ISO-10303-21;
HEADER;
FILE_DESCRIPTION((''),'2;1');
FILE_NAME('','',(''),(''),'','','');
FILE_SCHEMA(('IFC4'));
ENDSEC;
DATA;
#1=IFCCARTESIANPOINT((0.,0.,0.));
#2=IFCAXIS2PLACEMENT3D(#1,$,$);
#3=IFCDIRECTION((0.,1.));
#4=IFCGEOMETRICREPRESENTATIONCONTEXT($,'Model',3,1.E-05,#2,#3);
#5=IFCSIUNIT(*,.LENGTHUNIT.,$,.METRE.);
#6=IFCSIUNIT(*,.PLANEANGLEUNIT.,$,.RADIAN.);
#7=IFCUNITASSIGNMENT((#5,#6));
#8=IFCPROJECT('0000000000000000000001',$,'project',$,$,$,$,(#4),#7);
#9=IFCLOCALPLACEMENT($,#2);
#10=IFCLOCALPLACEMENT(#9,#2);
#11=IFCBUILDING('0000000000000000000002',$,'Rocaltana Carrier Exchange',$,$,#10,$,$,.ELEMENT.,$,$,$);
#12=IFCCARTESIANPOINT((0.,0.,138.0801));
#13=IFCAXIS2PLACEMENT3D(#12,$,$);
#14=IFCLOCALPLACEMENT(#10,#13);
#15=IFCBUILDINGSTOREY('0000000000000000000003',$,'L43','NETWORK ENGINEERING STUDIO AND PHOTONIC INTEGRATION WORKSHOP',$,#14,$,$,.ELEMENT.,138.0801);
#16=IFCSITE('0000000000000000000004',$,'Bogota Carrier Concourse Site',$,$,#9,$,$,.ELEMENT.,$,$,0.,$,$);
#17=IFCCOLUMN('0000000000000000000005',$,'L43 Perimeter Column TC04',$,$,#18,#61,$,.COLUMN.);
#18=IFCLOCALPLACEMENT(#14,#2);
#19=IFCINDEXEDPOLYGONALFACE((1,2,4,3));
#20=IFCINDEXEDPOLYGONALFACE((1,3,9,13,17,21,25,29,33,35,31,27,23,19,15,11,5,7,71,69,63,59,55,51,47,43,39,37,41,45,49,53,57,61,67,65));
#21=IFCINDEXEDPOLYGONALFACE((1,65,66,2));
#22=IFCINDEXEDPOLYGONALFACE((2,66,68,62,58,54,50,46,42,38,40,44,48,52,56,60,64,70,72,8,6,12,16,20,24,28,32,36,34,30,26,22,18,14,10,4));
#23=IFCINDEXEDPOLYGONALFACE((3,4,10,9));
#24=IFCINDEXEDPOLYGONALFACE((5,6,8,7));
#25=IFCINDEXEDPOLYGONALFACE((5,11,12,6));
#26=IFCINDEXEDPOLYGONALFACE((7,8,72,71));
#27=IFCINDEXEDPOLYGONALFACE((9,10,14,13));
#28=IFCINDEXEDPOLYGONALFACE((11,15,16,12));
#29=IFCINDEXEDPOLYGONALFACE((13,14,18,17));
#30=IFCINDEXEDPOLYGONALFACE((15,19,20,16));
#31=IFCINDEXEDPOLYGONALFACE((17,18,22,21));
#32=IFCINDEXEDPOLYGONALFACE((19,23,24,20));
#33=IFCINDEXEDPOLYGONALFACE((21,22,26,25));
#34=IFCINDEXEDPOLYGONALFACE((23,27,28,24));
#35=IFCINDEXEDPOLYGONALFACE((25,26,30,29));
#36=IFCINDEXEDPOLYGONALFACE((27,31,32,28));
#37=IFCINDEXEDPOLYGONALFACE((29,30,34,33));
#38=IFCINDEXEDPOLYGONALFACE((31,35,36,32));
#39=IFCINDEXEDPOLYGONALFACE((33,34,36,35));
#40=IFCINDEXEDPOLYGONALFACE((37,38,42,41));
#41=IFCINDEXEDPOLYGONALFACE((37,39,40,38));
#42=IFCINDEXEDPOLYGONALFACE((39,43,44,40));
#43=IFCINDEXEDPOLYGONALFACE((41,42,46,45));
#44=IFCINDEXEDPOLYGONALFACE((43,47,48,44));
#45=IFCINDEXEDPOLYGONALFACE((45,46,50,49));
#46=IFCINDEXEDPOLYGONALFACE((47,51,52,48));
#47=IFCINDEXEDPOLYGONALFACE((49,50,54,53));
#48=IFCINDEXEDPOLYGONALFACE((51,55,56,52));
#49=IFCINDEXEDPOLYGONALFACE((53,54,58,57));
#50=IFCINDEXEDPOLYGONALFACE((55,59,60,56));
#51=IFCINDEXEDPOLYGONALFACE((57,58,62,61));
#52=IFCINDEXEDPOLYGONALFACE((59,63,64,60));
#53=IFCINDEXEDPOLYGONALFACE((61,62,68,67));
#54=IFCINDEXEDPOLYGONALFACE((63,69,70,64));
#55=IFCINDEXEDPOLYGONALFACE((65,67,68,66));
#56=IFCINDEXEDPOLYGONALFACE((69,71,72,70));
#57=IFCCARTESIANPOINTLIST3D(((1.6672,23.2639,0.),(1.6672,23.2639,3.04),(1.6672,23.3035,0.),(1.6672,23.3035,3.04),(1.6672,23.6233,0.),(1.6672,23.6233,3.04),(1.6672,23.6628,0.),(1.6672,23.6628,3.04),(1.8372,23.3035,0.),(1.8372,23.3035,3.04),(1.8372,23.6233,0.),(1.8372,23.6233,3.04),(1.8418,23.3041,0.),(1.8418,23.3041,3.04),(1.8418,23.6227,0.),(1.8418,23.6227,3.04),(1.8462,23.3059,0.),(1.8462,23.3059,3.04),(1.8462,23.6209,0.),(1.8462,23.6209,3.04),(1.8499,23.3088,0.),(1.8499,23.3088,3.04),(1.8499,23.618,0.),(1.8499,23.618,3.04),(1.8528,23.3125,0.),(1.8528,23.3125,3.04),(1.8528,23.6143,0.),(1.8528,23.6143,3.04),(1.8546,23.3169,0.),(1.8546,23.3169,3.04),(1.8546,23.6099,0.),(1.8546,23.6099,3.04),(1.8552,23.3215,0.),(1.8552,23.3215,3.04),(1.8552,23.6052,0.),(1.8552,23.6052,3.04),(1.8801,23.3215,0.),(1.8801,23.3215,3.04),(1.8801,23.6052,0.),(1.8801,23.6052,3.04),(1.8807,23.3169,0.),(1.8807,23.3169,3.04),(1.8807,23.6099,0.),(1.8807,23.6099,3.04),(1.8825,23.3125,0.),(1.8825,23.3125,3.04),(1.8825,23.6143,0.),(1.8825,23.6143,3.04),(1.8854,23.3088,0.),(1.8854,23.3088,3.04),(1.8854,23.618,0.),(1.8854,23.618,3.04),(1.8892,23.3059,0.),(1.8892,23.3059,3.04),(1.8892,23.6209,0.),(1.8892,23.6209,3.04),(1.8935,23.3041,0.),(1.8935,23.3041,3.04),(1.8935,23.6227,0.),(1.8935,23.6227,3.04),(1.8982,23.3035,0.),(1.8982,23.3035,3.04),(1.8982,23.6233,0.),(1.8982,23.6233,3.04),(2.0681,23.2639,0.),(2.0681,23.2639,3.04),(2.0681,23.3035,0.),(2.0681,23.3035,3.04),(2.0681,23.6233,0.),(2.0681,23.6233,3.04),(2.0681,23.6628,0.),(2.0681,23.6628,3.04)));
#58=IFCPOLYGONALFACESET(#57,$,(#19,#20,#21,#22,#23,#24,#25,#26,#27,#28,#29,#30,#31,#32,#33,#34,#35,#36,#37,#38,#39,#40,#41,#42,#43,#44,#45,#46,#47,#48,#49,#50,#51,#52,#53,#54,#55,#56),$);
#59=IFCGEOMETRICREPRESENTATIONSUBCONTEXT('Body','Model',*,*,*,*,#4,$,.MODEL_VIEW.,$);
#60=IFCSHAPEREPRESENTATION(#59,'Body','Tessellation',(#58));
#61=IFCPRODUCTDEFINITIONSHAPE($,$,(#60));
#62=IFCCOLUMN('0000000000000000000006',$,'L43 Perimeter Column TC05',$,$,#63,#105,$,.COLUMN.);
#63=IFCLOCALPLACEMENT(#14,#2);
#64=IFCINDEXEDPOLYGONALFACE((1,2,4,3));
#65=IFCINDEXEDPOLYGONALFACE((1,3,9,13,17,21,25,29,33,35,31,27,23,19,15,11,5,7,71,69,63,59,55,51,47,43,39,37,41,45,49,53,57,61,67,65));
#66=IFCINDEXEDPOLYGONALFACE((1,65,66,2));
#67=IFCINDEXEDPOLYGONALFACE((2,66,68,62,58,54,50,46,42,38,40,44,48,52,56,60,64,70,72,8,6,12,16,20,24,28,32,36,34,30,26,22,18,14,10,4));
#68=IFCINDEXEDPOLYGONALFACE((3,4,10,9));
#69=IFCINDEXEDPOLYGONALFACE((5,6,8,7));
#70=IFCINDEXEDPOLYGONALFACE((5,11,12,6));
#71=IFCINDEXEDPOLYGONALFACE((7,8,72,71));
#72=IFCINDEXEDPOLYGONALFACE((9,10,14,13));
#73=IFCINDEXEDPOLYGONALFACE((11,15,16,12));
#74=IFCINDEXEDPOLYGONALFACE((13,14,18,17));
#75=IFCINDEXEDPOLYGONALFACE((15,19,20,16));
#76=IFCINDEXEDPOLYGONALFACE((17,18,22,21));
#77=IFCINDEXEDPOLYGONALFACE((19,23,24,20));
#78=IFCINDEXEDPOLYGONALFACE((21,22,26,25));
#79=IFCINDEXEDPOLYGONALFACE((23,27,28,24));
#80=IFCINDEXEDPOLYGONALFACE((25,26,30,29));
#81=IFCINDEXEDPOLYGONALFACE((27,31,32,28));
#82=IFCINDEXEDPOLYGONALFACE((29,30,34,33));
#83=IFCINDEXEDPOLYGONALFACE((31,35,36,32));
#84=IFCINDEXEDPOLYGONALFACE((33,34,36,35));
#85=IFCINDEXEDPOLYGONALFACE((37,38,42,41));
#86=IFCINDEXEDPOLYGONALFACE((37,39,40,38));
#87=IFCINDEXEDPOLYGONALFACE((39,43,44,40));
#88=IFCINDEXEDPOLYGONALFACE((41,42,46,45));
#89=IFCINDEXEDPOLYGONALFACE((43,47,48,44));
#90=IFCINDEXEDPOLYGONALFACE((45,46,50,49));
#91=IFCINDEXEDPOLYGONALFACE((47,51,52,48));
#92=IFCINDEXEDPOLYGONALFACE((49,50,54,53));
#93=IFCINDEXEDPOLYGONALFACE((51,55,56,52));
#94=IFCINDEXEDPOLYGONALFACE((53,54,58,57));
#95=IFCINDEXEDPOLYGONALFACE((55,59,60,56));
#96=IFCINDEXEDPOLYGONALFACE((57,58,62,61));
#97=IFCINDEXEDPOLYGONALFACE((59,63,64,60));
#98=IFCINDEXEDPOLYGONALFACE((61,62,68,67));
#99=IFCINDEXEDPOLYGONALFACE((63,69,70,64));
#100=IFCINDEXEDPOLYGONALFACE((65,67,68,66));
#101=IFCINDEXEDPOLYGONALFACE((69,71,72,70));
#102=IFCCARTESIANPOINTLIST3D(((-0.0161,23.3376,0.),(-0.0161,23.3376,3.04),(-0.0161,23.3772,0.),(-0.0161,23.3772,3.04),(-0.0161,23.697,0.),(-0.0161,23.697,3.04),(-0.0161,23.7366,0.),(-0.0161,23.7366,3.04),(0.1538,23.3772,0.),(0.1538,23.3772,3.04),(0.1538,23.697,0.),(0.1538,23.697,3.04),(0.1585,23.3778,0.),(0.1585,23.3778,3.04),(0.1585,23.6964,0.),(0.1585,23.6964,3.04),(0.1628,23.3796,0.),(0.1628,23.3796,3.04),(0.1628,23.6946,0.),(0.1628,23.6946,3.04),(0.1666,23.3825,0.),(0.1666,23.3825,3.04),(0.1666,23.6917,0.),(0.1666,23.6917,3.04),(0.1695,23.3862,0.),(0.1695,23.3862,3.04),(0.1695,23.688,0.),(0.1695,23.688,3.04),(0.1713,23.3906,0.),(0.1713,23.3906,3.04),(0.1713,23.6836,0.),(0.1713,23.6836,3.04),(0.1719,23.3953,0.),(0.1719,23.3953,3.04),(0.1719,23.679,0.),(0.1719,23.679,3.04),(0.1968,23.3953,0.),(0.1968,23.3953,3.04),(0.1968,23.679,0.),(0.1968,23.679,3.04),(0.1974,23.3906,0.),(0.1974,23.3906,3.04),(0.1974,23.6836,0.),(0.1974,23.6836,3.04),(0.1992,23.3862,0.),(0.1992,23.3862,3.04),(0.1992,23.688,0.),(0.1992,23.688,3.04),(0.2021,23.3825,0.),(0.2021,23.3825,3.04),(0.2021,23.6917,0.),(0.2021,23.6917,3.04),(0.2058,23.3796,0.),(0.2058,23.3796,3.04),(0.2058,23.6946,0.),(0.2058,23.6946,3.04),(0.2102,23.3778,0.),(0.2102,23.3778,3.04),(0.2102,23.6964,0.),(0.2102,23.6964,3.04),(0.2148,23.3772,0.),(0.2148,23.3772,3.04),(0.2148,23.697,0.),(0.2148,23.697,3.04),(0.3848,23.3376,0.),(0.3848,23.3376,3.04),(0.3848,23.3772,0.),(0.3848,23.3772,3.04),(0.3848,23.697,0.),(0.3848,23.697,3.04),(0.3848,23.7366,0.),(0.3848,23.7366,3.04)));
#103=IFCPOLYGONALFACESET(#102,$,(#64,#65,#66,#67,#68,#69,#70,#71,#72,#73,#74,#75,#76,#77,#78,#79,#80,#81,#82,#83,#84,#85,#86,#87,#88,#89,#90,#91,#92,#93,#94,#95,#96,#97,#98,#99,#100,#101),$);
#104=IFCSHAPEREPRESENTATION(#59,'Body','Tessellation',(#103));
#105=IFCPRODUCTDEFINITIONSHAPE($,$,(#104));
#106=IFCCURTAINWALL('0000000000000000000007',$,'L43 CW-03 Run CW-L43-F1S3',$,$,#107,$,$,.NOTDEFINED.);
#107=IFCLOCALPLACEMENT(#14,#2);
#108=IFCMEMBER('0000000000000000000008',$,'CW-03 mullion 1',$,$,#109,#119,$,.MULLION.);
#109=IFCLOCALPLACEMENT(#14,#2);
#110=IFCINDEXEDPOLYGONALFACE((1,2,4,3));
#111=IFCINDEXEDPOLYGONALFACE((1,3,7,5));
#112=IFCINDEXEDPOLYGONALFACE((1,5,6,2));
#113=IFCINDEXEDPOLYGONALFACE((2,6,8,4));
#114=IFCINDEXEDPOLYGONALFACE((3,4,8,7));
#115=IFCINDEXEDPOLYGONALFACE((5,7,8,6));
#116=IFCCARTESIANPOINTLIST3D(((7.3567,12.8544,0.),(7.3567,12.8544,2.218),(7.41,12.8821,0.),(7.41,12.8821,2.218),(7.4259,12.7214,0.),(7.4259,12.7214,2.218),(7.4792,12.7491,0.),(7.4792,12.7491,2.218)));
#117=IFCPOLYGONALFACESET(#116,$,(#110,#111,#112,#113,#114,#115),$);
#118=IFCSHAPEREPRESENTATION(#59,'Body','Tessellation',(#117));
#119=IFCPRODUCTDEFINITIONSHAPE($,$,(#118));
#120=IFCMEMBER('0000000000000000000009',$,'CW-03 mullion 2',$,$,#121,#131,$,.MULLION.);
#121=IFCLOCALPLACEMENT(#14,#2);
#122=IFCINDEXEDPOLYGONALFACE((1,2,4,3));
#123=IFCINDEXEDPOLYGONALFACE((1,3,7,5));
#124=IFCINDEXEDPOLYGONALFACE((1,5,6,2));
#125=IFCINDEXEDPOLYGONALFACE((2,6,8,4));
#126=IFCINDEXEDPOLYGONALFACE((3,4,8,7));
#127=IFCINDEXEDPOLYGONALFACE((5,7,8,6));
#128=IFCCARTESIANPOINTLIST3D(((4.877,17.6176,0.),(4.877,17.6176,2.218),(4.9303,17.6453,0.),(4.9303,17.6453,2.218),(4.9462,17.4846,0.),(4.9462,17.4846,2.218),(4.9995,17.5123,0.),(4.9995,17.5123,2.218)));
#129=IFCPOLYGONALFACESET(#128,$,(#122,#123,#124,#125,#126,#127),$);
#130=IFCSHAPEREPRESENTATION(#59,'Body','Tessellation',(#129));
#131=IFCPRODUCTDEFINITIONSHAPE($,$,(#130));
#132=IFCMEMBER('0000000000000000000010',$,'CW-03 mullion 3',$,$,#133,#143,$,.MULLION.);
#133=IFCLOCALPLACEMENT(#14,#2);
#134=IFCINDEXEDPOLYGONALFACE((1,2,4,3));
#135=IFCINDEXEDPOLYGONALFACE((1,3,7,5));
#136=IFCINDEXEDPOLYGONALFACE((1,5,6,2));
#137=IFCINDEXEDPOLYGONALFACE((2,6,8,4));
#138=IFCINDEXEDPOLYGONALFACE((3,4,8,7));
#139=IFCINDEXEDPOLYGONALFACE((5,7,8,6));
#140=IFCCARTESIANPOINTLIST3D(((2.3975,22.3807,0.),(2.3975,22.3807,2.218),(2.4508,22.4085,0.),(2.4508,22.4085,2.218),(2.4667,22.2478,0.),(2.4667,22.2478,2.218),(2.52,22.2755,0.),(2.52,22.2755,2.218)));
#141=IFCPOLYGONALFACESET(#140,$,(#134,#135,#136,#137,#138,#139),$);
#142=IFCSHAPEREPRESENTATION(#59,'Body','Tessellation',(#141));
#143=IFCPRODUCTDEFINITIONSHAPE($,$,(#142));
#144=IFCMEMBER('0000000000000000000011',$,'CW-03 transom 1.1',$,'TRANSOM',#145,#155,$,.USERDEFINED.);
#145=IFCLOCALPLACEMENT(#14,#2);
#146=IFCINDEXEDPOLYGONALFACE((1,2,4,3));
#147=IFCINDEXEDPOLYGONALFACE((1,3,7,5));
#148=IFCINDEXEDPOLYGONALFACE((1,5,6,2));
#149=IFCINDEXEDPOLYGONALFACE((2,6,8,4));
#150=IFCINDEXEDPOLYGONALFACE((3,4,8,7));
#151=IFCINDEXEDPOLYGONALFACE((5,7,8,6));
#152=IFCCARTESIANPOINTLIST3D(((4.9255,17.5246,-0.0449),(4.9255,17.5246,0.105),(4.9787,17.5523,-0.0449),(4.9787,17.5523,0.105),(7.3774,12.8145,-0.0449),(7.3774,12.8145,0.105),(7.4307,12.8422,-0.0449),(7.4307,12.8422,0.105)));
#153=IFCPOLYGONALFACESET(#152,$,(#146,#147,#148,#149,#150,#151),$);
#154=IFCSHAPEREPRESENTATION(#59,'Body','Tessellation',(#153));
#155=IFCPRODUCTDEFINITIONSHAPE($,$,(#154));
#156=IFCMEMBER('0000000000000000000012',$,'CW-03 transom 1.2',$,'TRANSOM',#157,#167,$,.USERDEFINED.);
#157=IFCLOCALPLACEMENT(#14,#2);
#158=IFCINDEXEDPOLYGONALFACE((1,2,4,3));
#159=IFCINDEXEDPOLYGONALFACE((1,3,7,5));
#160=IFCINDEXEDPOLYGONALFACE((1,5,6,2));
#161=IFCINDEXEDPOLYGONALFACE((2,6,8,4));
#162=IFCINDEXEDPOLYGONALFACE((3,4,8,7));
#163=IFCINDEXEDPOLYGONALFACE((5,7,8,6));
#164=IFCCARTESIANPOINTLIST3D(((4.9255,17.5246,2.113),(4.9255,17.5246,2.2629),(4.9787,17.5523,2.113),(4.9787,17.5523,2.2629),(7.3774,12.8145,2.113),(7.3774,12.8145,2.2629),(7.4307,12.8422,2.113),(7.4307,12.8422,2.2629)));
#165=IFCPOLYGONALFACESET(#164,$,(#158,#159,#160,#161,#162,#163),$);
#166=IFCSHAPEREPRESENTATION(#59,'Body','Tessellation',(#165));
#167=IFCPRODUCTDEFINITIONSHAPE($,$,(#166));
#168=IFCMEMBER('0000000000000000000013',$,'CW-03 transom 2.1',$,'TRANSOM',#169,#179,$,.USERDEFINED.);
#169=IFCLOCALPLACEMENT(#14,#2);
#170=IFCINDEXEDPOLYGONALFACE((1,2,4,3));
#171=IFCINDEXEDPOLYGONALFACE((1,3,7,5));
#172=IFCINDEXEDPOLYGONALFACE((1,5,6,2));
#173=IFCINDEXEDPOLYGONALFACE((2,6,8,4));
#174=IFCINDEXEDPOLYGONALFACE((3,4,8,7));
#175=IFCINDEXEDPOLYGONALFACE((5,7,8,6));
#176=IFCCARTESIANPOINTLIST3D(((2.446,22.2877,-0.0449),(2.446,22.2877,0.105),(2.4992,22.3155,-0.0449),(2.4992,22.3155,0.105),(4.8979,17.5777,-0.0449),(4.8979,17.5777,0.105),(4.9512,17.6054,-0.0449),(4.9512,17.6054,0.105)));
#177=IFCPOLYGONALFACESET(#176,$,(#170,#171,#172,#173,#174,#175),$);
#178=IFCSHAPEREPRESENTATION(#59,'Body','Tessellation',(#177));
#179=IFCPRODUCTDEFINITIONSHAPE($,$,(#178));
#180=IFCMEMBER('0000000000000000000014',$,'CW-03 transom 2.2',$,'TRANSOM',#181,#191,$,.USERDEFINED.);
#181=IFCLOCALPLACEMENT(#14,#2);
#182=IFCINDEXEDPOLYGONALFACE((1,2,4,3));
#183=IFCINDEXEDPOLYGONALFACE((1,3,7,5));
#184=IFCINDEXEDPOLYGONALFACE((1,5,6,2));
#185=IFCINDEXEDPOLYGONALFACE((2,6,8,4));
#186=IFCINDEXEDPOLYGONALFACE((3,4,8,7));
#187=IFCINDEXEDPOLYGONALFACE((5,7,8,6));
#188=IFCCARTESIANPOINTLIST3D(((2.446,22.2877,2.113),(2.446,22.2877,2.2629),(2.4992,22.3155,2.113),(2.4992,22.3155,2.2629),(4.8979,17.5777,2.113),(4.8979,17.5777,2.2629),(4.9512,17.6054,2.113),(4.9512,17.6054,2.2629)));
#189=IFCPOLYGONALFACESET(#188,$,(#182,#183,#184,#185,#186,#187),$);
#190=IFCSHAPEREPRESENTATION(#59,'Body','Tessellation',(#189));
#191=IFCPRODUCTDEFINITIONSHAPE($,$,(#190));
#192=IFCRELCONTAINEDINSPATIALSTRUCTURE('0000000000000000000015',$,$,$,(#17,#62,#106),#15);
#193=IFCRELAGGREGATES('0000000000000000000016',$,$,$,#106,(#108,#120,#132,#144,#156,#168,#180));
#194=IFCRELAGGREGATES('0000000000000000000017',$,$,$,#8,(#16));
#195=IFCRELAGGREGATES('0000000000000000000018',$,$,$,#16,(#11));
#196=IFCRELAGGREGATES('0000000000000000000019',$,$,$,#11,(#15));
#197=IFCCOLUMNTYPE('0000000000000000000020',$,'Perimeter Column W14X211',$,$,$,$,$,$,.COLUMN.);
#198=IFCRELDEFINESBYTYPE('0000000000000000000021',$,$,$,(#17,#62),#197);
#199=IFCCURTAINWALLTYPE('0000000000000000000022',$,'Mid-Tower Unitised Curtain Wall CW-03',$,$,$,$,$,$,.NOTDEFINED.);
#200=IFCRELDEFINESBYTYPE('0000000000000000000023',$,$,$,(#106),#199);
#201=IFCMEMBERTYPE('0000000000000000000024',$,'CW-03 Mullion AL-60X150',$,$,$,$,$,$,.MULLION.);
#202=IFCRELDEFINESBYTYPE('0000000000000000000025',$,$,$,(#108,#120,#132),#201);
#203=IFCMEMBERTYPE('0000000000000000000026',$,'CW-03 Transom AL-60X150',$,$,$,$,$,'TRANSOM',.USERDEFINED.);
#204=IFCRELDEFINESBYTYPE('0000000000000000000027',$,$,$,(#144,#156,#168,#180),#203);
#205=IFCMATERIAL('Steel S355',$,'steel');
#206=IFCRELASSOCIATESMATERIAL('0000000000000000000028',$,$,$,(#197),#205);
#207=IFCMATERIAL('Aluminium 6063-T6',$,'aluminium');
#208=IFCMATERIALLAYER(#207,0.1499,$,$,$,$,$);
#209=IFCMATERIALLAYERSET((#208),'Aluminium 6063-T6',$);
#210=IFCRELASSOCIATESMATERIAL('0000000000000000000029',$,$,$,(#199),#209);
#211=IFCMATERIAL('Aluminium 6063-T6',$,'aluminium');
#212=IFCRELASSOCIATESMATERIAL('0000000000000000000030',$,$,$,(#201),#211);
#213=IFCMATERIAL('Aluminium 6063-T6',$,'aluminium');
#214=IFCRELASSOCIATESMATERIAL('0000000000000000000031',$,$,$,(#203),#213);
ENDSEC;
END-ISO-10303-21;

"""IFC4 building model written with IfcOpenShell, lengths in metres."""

from ifc_helpers import new_model, si_unit, direction, frame, origin, origin_2d, place, context, subcontext, project, spatial, rectangle, i_section, extrude, material, layer, layer_set, material_profile, profile_set, type_object, element, aggregate, save


model = new_model("IFC4")

# Units and contexts
model_context = context("Model", 3, precision=1e-05, world=origin(), true_north=direction((0.0, 1.0)))
body_context = subcontext(model_context, "Body", "Model", "MODEL_VIEW")
ifc_project = project(units=[si_unit("LENGTHUNIT", "METRE"), si_unit("PLANEANGLEUNIT", "RADIAN")], contexts=[model_context])

# Site, building, storey
site_placement = place(None, origin())
site = spatial("IfcSite", under=ifc_project, at=site_placement, Name="Bogota Carrier Concourse Site", CompositionType="ELEMENT", RefElevation=0.0)
building_placement = place(site_placement, origin())
building = spatial("IfcBuilding", under=site, at=building_placement, Name="Rocaltana Carrier Exchange", CompositionType="ELEMENT")
storey_placement = place(building_placement, frame((0.0, 0.0, 138.0801)))
storey = spatial("IfcBuildingStorey", under=building, at=storey_placement, Name="L43", Description="NETWORK ENGINEERING STUDIO AND PHOTONIC INTEGRATION WORKSHOP", CompositionType="ELEMENT", Elevation=138.0801)

# Columns
ifc_material_1 = material(Name="Steel S355", Category="steel")
ifc_material_profile_1 = material_profile(ifc_material_1, i_section(OverallWidth=0.4009, OverallDepth=0.3989, WebThickness=0.0249, FlangeThickness=0.0396, FilletRadius=0.0181, at=origin_2d()), Name="W14X211")
ifc_profile_set_1 = profile_set([ifc_material_profile_1], Name="Steel S355")
column_type = type_object("IfcColumnType", Name="Perimeter Column W14X211", PredefinedType="COLUMN", material=ifc_profile_set_1)
for number, where, z_axis, x_axis, name in (
    (1, (1.8677, 23.4634, 0.0), (0.0, 0.0, 1.0), (1.0, 0.0, 0.0), "L43 Perimeter Column TC04"),
    (2, (0.1843, 23.5371, 0.0), (0.0, 0.0, 1.0), (1.0, 0.0, 0.0), "L43 Perimeter Column TC05"),
):
    element("IfcColumn", number, at=place(storey_placement, frame(where, z_axis=z_axis, x_axis=x_axis)), inside=storey, type_object=column_type, Name=name, PredefinedType="COLUMN", context=body_context, shape_type="SweptSolid", body=[
        extrude(i_section(OverallWidth=0.4009, OverallDepth=0.3989, WebThickness=0.0249, FlangeThickness=0.0396, FilletRadius=0.0181, at=origin_2d()), origin(), (0.0, 0.0, 1.0), 3.04),
    ])

# Curtain wall, members
ifc_material_2 = material(Name="Aluminium 6063-T6", Category="aluminium")
ifc_layer_1 = layer(ifc_material_2, 0.1499)
ifc_layer_set_1 = layer_set([ifc_layer_1], Name="Aluminium 6063-T6")
curtain_wall_type = type_object("IfcCurtainWallType", Name="Mid-Tower Unitised Curtain Wall CW-03", PredefinedType="NOTDEFINED", material=ifc_layer_set_1)
curtain_wall_placement = place(storey_placement, origin())
curtain_wall = element("IfcCurtainWall", 3, at=curtain_wall_placement, inside=storey, type_object=curtain_wall_type, Name="L43 CW-03 Run CW-L43-F1S3", PredefinedType="NOTDEFINED")
ifc_material_3 = material(Name="Aluminium 6063-T6", Category="aluminium")
ifc_material_profile_2 = material_profile(ifc_material_3, rectangle(XDim=0.0601, YDim=0.1499, at=origin_2d()), Name="AL-60X150")
ifc_profile_set_2 = profile_set([ifc_material_profile_2], Name="Aluminium 6063-T6")
member_type_1 = type_object("IfcMemberType", Name="CW-03 Mullion AL-60X150", PredefinedType="MULLION", material=ifc_profile_set_2)
member_1_placement = place(storey_placement, frame((7.418, 12.8018, 0.0), z_axis=(0.0, 0.0, 1.0), x_axis=(-0.887008, -0.461754, 0.0)))
member_1 = element("IfcMember", 4, at=member_1_placement, type_object=member_type_1, Name="CW-03 mullion 1", PredefinedType="MULLION", context=body_context, shape_type="SweptSolid", body=[
    extrude(rectangle(XDim=0.0601, YDim=0.1499, at=origin_2d()), origin(), (0.0, 0.0, 1.0), 2.218),
])
member_2_placement = place(storey_placement, frame((4.9382, 17.5649, 0.0), z_axis=(0.0, 0.0, 1.0), x_axis=(-0.887008, -0.461754, 0.0)))
member_2 = element("IfcMember", 5, at=member_2_placement, type_object=member_type_1, Name="CW-03 mullion 2", PredefinedType="MULLION", context=body_context, shape_type="SweptSolid", body=[
    extrude(rectangle(XDim=0.0601, YDim=0.1499, at=origin_2d()), origin(), (0.0, 0.0, 1.0), 2.218),
])
member_3_placement = place(storey_placement, frame((2.4587, 22.3281, 0.0), z_axis=(0.0, 0.0, 1.0), x_axis=(-0.887008, -0.461754, 0.0)))
member_3 = element("IfcMember", 6, at=member_3_placement, type_object=member_type_1, Name="CW-03 mullion 3", PredefinedType="MULLION", context=body_context, shape_type="SweptSolid", body=[
    extrude(rectangle(XDim=0.0601, YDim=0.1499, at=origin_2d()), origin(), (0.0, 0.0, 1.0), 2.218),
])
ifc_material_4 = material(Name="Aluminium 6063-T6", Category="aluminium")
ifc_material_profile_3 = material_profile(ifc_material_4, rectangle(XDim=0.0601, YDim=0.1499, at=origin_2d()), Name="AL-60X150")
ifc_profile_set_3 = profile_set([ifc_material_profile_3], Name="Aluminium 6063-T6")
member_type_2 = type_object("IfcMemberType", Name="CW-03 Transom AL-60X150", ElementType="TRANSOM", PredefinedType="USERDEFINED", material=ifc_profile_set_3)
member_4_placement = place(storey_placement, frame((7.4041, 12.8284, 0.03), z_axis=(-0.461757, 0.887007, 0.0), x_axis=(-0.887007, -0.461757, 0.0)))
member_4 = element("IfcMember", 7, at=member_4_placement, type_object=member_type_2, Name="CW-03 transom 1.1", ObjectType="TRANSOM", PredefinedType="USERDEFINED", context=body_context, shape_type="SweptSolid", body=[
    extrude(rectangle(XDim=0.0601, YDim=0.1499, at=origin_2d()), origin(), (0.0, 0.0, 1.0), 5.3101),
])
member_5_placement = place(storey_placement, frame((7.4041, 12.8284, 2.188), z_axis=(-0.461757, 0.887007, 0.0), x_axis=(-0.887007, -0.461757, 0.0)))
member_5 = element("IfcMember", 8, at=member_5_placement, type_object=member_type_2, Name="CW-03 transom 1.2", ObjectType="TRANSOM", PredefinedType="USERDEFINED", context=body_context, shape_type="SweptSolid", body=[
    extrude(rectangle(XDim=0.0601, YDim=0.1499, at=origin_2d()), origin(), (0.0, 0.0, 1.0), 5.3101),
])
member_6_placement = place(storey_placement, frame((4.9246, 17.5916, 0.03), z_axis=(-0.461757, 0.887007, 0.0), x_axis=(-0.887007, -0.461757, 0.0)))
member_6 = element("IfcMember", 9, at=member_6_placement, type_object=member_type_2, Name="CW-03 transom 2.1", ObjectType="TRANSOM", PredefinedType="USERDEFINED", context=body_context, shape_type="SweptSolid", body=[
    extrude(rectangle(XDim=0.0601, YDim=0.1499, at=origin_2d()), origin(), (0.0, 0.0, 1.0), 5.3101),
])
member_7_placement = place(storey_placement, frame((4.9246, 17.5916, 2.188), z_axis=(-0.461757, 0.887007, 0.0), x_axis=(-0.887007, -0.461757, 0.0)))
member_7 = element("IfcMember", 10, at=member_7_placement, type_object=member_type_2, Name="CW-03 transom 2.2", ObjectType="TRANSOM", PredefinedType="USERDEFINED", context=body_context, shape_type="SweptSolid", body=[
    extrude(rectangle(XDim=0.0601, YDim=0.1499, at=origin_2d()), origin(), (0.0, 0.0, 1.0), 5.3101),
])

aggregate(curtain_wall, [member_1, member_2, member_3, member_4, member_5, member_6, member_7])

save(model, "model.ifc")
